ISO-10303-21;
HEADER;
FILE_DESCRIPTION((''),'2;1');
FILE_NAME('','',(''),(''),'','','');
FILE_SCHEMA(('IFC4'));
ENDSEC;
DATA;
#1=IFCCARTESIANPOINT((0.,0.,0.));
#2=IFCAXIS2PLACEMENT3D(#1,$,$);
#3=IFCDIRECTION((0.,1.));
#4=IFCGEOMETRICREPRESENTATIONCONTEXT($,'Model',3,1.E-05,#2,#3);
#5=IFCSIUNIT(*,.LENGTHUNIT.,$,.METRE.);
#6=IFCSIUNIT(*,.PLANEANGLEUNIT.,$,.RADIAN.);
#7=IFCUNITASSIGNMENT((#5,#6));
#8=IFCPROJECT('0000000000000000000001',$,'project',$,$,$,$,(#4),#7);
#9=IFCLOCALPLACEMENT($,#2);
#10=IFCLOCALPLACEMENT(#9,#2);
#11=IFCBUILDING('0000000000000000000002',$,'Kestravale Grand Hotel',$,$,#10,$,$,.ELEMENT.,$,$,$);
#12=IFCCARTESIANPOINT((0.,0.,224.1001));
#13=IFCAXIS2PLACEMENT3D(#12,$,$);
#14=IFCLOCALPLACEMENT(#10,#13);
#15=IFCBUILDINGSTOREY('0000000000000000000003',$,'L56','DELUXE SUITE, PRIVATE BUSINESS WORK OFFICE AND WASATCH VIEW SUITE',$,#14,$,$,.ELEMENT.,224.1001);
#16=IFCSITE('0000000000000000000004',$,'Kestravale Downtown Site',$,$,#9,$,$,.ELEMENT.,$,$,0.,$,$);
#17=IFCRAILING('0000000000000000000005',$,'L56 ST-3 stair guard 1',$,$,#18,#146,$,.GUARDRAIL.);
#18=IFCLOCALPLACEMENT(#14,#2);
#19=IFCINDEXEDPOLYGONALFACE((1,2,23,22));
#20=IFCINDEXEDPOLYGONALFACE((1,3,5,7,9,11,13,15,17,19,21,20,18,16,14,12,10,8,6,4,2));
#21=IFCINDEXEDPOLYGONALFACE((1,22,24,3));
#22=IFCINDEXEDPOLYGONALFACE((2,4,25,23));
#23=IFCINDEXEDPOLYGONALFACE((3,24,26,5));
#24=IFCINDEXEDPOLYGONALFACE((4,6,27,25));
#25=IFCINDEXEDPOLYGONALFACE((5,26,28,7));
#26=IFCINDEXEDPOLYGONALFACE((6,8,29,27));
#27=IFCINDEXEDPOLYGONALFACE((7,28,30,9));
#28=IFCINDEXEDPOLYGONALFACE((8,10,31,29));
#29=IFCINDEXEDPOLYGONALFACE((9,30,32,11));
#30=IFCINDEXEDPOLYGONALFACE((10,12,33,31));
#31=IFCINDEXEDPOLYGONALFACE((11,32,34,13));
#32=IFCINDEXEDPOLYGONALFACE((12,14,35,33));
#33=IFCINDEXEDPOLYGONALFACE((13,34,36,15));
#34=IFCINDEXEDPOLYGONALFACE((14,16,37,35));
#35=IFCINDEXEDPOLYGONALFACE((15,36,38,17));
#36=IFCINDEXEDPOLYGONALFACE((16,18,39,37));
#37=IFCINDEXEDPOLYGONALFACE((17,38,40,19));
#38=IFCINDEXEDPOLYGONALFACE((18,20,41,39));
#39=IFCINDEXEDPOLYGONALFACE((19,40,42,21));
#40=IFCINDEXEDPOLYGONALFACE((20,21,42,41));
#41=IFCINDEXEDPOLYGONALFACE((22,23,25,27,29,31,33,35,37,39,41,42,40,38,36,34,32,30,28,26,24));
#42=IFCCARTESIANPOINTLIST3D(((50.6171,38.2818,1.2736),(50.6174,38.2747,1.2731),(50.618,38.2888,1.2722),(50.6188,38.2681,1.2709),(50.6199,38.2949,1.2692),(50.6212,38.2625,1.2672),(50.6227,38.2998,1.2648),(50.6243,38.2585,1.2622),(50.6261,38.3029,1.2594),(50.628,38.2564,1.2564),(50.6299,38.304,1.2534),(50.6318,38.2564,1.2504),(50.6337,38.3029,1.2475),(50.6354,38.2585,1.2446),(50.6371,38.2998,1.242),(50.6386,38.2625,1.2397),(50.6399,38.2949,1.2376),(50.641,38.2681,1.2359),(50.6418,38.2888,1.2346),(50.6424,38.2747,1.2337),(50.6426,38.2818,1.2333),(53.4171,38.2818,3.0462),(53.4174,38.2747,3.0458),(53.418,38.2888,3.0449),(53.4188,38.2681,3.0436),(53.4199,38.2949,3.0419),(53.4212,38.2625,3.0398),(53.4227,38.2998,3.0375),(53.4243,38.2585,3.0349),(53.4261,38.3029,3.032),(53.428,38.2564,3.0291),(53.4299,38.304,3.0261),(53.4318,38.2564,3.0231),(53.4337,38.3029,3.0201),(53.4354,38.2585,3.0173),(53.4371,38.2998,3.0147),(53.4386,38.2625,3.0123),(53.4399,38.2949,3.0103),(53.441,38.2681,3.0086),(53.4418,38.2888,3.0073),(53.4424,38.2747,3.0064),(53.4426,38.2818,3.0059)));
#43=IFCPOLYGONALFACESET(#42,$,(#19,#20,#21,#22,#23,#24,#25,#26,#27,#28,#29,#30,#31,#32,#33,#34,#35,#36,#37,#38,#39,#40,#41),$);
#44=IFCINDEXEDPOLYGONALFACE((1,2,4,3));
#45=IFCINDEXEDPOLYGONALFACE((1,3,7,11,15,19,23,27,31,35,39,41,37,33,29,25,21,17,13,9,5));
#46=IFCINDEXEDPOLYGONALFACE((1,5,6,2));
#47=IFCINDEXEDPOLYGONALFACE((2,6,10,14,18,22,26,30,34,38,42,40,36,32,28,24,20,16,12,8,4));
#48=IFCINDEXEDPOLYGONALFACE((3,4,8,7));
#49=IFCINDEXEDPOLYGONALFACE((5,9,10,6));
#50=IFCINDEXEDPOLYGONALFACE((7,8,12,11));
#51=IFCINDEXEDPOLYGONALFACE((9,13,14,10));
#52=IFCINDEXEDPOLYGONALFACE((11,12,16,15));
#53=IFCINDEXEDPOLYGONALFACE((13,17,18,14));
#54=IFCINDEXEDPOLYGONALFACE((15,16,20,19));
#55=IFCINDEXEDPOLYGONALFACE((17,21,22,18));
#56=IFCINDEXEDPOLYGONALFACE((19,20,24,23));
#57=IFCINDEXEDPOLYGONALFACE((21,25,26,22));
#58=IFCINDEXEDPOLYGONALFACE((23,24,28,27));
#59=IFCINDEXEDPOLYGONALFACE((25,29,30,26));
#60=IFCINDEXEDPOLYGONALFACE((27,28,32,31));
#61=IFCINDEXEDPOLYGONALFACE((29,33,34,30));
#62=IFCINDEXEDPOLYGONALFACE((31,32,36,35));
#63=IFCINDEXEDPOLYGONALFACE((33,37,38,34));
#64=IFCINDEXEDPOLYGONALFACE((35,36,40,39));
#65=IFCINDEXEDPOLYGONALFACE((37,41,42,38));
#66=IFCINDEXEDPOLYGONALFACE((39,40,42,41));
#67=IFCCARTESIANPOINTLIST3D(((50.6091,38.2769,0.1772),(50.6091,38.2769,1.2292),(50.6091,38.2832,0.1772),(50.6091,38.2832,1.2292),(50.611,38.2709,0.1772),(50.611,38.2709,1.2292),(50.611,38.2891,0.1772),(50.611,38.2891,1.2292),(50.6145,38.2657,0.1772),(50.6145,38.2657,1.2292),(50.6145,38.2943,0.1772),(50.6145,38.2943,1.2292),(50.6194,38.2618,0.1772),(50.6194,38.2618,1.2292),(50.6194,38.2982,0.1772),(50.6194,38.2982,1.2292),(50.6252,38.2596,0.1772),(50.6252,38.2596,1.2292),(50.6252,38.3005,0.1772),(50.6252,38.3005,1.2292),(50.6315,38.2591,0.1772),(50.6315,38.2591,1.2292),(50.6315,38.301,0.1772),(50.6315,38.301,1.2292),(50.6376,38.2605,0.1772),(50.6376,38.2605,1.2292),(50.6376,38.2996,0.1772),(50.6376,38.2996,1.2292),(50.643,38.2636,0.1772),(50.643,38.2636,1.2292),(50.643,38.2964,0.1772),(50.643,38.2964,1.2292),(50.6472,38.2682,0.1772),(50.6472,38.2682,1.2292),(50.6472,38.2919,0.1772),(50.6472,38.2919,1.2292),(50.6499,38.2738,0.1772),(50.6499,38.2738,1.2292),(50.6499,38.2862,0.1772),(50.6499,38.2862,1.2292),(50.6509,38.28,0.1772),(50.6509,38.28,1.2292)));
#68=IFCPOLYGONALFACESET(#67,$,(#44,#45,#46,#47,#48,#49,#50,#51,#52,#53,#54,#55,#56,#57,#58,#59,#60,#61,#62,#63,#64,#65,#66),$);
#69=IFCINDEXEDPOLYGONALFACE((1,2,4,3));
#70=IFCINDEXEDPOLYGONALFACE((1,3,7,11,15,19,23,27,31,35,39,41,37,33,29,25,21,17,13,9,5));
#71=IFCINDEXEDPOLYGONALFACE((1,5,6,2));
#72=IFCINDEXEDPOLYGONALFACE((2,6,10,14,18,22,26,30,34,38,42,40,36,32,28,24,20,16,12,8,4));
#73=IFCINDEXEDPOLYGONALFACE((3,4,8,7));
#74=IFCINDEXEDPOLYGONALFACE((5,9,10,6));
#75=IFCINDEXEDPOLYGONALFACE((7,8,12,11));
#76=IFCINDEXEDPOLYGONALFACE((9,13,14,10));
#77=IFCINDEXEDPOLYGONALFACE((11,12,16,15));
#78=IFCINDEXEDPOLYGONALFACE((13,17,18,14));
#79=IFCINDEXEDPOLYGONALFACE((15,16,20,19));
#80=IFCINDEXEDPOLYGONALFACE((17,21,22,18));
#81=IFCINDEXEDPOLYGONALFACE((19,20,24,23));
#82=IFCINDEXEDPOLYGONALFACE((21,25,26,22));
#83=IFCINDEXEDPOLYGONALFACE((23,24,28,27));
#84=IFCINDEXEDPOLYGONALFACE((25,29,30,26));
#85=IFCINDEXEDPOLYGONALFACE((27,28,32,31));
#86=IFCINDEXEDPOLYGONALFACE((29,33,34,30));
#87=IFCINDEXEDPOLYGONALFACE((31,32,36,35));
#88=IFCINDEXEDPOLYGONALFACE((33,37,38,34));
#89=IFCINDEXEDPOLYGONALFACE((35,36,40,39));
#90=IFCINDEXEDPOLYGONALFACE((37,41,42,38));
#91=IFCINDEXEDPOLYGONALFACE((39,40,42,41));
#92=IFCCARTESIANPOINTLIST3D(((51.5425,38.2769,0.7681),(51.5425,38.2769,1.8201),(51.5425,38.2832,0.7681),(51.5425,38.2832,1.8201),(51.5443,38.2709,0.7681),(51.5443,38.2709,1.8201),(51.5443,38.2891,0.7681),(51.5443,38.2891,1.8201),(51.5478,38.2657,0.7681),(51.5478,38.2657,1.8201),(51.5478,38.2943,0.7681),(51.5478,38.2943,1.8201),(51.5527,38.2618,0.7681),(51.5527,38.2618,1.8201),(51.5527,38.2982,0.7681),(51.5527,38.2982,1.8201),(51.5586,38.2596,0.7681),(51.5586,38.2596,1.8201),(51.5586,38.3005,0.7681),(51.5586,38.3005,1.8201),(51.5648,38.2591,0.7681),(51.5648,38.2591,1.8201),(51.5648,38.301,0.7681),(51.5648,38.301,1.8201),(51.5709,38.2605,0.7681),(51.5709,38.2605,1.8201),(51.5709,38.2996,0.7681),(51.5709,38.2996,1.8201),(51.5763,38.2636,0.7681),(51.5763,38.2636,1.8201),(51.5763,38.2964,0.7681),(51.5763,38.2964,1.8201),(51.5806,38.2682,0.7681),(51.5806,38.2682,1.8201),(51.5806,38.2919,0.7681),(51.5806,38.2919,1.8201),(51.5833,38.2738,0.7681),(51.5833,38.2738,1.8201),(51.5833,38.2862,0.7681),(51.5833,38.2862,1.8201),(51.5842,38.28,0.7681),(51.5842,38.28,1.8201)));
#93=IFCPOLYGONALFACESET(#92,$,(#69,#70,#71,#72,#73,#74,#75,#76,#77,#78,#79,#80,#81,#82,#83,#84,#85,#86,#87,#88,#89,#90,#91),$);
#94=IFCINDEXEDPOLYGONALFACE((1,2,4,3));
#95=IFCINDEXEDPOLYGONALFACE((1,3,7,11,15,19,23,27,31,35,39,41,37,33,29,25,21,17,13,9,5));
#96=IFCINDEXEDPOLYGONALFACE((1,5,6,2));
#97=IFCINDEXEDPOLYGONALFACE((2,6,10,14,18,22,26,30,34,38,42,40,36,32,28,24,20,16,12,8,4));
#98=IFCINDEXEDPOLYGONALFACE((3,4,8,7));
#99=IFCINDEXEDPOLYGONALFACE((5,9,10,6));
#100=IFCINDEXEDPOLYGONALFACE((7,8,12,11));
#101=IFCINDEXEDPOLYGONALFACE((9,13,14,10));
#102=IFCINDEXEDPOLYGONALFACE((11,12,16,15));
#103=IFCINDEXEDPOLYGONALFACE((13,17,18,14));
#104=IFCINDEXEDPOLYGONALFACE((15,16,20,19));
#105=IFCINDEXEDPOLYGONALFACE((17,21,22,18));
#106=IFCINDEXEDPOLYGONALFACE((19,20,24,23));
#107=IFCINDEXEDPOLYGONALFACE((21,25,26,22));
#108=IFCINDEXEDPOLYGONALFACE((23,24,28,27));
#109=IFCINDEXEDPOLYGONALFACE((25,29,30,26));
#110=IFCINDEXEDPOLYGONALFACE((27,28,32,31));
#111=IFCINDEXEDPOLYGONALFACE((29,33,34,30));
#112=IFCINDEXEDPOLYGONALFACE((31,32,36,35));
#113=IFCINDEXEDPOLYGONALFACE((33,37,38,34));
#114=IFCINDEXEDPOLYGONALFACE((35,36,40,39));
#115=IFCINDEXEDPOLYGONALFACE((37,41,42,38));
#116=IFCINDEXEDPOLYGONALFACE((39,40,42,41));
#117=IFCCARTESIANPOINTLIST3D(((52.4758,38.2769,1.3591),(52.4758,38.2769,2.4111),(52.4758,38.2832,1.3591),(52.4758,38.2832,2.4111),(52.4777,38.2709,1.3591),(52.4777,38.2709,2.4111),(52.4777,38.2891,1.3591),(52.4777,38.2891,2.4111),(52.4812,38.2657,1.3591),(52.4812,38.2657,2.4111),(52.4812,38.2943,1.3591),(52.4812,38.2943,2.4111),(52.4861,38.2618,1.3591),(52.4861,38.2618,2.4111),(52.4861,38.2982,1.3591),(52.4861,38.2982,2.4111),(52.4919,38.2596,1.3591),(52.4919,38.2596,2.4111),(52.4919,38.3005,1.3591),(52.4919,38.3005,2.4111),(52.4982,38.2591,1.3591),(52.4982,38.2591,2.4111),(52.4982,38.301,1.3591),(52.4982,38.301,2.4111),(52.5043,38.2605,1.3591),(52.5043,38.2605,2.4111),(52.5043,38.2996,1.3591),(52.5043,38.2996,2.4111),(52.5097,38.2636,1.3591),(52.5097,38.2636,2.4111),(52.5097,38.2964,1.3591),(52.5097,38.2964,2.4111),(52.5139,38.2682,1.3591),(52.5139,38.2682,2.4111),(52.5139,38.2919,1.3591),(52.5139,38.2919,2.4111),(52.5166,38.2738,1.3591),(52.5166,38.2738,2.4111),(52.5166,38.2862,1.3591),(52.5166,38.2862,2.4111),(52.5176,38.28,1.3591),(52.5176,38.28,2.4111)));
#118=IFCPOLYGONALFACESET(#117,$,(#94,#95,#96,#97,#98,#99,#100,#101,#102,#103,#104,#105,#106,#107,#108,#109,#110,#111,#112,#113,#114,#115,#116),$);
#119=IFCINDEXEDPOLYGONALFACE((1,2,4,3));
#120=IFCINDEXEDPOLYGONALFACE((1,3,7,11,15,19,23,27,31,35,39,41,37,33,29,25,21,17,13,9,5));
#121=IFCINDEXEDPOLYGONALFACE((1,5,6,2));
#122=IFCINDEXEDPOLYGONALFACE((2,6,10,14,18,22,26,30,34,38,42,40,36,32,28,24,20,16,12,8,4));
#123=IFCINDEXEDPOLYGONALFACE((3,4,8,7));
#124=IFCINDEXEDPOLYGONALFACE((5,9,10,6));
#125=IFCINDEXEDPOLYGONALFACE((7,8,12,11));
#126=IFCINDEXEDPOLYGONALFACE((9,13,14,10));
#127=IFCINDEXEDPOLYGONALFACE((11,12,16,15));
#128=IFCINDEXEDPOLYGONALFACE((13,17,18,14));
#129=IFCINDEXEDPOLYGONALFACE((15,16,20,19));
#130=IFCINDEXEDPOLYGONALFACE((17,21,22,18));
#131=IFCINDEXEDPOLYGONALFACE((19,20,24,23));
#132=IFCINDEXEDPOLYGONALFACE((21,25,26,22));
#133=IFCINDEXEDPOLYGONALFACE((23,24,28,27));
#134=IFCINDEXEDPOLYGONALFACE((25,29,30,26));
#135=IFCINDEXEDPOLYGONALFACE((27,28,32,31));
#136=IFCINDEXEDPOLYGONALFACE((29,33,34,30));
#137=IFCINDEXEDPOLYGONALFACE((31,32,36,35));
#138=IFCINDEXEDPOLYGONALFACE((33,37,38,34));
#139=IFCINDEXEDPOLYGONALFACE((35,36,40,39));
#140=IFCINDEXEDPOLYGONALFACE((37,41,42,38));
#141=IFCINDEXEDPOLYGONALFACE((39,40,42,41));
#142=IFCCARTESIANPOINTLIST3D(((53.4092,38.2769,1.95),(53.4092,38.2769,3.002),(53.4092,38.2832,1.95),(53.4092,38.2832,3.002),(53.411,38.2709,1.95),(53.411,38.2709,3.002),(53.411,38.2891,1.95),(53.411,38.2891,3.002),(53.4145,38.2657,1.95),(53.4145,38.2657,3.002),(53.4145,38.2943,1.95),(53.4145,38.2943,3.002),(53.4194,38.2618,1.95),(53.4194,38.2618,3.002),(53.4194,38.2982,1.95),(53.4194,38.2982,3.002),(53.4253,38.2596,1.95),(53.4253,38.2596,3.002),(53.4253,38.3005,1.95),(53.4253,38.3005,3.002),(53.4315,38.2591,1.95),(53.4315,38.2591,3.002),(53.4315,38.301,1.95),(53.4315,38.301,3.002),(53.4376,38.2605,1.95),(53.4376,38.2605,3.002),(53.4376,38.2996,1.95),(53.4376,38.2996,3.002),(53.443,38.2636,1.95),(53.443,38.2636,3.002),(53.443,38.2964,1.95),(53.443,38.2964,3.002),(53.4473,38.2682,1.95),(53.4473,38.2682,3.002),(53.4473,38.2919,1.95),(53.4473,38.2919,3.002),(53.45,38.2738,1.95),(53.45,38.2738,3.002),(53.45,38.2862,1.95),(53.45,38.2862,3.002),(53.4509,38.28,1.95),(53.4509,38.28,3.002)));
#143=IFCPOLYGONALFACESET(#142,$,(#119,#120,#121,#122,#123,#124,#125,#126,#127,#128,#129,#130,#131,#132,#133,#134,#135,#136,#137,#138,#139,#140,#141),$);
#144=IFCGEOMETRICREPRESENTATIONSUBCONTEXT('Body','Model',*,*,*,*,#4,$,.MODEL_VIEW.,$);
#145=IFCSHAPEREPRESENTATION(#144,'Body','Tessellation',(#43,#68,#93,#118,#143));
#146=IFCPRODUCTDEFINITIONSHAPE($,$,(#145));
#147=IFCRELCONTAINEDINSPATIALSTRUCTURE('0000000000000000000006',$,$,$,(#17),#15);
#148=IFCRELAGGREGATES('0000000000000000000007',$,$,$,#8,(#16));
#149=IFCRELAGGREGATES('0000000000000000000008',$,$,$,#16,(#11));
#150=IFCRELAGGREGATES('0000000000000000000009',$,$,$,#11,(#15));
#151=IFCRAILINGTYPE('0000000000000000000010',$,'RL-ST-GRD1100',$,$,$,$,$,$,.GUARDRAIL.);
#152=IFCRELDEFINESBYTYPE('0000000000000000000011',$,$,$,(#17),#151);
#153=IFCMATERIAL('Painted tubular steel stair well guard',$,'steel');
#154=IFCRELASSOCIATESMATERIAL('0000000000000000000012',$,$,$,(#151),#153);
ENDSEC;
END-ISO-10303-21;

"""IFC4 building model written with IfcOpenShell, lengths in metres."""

from ifc_helpers import new_model, si_unit, direction, frame, origin, origin_2d, place, context, subcontext, project, spatial, circle, extrude, material, type_object, element, save


model = new_model("IFC4")

# Units and contexts
model_context = context("Model", 3, precision=1e-05, world=origin(), true_north=direction((0.0, 1.0)))
body_context = subcontext(model_context, "Body", "Model", "MODEL_VIEW")
ifc_project = project(units=[si_unit("LENGTHUNIT", "METRE"), si_unit("PLANEANGLEUNIT", "RADIAN")], contexts=[model_context])

# Site, building, storey
site_placement = place(None, origin())
site = spatial("IfcSite", under=ifc_project, at=site_placement, Name="Kestravale Downtown Site", CompositionType="ELEMENT", RefElevation=0.0)
building_placement = place(site_placement, origin())
building = spatial("IfcBuilding", under=site, at=building_placement, Name="Kestravale Grand Hotel", CompositionType="ELEMENT")
storey_placement = place(building_placement, frame((0.0, 0.0, 224.1001)))
storey = spatial("IfcBuildingStorey", under=building, at=storey_placement, Name="L56", Description="DELUXE SUITE, PRIVATE BUSINESS WORK OFFICE AND WASATCH VIEW SUITE", CompositionType="ELEMENT", Elevation=224.1001)

# Railing
ifc_material_1 = material(Name="Painted tubular steel stair well guard", Category="steel")
railing_type_1 = type_object("IfcRailingType", Name="RL-ST-GRD1100", PredefinedType="GUARDRAIL", material=ifc_material_1)
railing_1_placement = place(storey_placement, frame((50.6299, 38.28, 0.1772)))
element("IfcRailing", 1, at=railing_1_placement, inside=storey, type_object=railing_type_1, Name="L56 ST-3 stair guard 1", PredefinedType="GUARDRAIL", context=body_context, shape_type="SweptSolid", body=[
    extrude(circle(Radius=0.0239, at=origin_2d()), frame((0.0, 0.0, 1.0762), z_axis=(0.844909, 0.0, 0.53491), x_axis=(0.0, 1.0, 0.0)), (0.0, 0.0, 1.0), 3.314),
    extrude(circle(Radius=0.021, at=origin_2d()), origin(), (0.0, 0.0, 1.0), 1.052),
    extrude(circle(Radius=0.021, at=origin_2d()), frame((0.9333, 0.0, 0.5908)), (0.0, 0.0, 1.0), 1.052),
    extrude(circle(Radius=0.021, at=origin_2d()), frame((1.8667, 0.0, 1.1819)), (0.0, 0.0, 1.0), 1.052),
    extrude(circle(Radius=0.021, at=origin_2d()), frame((2.8, 0.0, 1.7727)), (0.0, 0.0, 1.0), 1.052),
])

save(model, "model.ifc")
